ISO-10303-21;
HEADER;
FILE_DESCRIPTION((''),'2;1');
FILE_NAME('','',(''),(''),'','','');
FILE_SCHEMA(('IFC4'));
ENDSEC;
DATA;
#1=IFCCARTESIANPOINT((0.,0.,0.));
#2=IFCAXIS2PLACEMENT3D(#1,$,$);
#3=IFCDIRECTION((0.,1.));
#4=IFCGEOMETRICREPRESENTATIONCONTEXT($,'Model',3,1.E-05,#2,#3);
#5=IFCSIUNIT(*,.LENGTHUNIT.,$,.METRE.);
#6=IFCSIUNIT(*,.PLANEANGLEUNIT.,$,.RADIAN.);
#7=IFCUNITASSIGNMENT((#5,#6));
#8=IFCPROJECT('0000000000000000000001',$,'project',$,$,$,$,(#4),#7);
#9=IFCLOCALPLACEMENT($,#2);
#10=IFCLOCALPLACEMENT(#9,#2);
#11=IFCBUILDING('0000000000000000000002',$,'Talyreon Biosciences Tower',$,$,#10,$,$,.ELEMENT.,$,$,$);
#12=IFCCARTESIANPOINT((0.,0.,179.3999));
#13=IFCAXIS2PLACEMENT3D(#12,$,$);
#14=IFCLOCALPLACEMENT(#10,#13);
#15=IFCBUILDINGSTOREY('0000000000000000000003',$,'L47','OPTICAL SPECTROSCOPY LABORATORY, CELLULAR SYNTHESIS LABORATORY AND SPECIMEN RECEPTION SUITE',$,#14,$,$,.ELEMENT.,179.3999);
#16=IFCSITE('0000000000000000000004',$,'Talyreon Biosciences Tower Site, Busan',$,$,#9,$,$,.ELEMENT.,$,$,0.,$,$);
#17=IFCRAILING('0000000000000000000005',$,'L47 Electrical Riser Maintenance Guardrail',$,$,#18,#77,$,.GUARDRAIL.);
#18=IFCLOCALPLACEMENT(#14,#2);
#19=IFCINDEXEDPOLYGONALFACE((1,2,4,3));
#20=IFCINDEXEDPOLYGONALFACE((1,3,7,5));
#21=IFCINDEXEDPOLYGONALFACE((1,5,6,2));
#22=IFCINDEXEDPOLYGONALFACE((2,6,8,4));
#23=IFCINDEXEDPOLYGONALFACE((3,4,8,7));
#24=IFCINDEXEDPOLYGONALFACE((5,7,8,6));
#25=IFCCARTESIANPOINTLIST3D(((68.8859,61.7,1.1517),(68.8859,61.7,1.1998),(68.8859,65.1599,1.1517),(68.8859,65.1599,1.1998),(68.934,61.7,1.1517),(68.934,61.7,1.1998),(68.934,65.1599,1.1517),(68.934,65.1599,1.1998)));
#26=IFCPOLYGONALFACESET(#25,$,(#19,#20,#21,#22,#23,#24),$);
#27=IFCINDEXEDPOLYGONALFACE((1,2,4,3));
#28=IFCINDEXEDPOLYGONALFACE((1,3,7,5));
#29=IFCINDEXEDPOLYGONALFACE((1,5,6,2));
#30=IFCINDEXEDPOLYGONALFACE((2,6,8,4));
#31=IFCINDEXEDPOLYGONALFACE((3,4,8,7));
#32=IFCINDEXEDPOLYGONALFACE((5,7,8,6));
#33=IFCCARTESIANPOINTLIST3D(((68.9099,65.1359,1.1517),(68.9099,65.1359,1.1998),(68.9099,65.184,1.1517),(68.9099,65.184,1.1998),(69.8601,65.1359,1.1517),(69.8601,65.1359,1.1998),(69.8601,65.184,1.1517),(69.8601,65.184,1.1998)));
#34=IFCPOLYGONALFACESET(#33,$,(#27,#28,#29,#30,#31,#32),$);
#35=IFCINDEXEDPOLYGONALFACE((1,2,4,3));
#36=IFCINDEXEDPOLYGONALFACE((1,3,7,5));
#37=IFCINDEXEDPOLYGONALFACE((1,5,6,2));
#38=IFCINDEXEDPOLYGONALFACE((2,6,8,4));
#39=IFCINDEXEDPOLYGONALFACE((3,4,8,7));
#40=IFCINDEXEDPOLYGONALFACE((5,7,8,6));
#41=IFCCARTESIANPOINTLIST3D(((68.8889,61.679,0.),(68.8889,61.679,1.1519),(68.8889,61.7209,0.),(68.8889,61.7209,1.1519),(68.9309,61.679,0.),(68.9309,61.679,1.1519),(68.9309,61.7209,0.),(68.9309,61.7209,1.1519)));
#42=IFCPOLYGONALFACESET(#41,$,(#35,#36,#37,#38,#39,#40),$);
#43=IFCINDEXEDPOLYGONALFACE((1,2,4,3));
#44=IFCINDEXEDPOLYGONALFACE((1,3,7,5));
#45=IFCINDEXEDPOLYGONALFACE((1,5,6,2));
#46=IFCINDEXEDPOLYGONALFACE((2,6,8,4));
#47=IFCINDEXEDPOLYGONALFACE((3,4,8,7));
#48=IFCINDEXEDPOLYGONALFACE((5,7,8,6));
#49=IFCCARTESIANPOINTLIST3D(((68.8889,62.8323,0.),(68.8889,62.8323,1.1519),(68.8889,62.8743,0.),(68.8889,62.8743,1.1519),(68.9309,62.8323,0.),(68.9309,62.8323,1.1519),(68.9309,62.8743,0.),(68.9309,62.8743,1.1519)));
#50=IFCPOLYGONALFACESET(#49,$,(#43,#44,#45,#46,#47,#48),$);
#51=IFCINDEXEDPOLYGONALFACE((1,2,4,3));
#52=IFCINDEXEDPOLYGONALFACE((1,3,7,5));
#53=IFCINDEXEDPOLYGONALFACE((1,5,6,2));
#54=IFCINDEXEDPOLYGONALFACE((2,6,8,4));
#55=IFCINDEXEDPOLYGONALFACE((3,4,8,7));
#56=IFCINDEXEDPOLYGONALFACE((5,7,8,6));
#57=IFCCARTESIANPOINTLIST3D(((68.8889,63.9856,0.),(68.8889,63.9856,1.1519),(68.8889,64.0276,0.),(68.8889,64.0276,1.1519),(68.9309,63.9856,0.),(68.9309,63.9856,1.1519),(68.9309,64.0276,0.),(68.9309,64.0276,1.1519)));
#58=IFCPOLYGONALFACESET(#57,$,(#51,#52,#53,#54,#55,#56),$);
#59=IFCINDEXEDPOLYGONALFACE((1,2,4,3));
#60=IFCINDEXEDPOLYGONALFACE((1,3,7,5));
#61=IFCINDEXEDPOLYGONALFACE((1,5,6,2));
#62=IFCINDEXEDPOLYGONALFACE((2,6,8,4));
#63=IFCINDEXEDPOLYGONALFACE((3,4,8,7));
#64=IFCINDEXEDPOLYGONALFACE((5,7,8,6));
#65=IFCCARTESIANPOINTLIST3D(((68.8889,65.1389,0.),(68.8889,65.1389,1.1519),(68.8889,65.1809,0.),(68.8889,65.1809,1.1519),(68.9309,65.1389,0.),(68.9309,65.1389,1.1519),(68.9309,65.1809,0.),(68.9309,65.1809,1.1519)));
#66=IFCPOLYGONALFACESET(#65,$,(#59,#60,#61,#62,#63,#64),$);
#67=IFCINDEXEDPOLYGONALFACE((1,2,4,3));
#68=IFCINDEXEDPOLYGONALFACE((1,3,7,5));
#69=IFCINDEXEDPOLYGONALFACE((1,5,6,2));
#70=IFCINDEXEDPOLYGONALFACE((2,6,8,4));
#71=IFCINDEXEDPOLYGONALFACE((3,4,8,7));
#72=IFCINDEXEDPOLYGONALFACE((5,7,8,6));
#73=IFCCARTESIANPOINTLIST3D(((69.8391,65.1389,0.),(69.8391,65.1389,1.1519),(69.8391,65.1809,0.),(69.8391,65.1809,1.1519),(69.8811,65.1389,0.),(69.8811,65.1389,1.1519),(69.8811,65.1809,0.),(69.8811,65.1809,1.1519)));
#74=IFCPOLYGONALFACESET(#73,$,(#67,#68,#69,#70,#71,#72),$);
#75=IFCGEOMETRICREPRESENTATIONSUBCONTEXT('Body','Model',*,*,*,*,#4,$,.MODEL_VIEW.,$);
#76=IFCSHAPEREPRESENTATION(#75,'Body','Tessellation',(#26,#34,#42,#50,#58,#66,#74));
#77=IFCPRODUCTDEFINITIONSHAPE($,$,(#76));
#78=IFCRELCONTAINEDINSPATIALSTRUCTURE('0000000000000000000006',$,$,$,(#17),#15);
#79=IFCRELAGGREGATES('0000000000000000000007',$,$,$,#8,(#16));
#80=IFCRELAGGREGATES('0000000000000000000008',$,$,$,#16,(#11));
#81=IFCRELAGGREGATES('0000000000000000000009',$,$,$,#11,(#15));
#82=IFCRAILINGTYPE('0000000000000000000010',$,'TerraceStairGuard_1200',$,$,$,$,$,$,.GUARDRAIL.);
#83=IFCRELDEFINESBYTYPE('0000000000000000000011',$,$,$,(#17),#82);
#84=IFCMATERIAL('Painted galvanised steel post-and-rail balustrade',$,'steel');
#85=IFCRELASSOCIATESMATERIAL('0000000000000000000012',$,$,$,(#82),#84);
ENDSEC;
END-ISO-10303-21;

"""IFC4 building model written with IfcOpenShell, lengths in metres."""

from ifc_helpers import new_model, si_unit, direction, frame, origin, origin_2d, place, context, subcontext, project, spatial, rectangle, extrude, material, type_object, element, save


model = new_model("IFC4")

# Units and contexts
model_context = context("Model", 3, precision=1e-05, world=origin(), true_north=direction((0.0, 1.0)))
body_context = subcontext(model_context, "Body", "Model", "MODEL_VIEW")
ifc_project = project(units=[si_unit("LENGTHUNIT", "METRE"), si_unit("PLANEANGLEUNIT", "RADIAN")], contexts=[model_context])

# Site, building, storey
site_placement = place(None, origin())
site = spatial("IfcSite", under=ifc_project, at=site_placement, Name="Talyreon Biosciences Tower Site, Busan", CompositionType="ELEMENT", RefElevation=0.0)
building_placement = place(site_placement, origin())
building = spatial("IfcBuilding", under=site, at=building_placement, Name="Talyreon Biosciences Tower", CompositionType="ELEMENT")
storey_placement = place(building_placement, frame((0.0, 0.0, 179.3999)))
storey = spatial("IfcBuildingStorey", under=building, at=storey_placement, Name="L47", Description="OPTICAL SPECTROSCOPY LABORATORY, CELLULAR SYNTHESIS LABORATORY AND SPECIMEN RECEPTION SUITE", CompositionType="ELEMENT", Elevation=179.3999)

# Railing
ifc_material_1 = material(Name="Painted galvanised steel post-and-rail balustrade", Category="steel")
railing_type_1 = type_object("IfcRailingType", Name="TerraceStairGuard_1200", PredefinedType="GUARDRAIL", material=ifc_material_1)
railing_1_placement = place(storey_placement, frame((68.9099, 61.7, 0.0)))
element("IfcRailing", 1, at=railing_1_placement, inside=storey, type_object=railing_type_1, Name="L47 Electrical Riser Maintenance Guardrail", PredefinedType="GUARDRAIL", context=body_context, shape_type="SweptSolid", body=[
    extrude(rectangle(XDim=0.0481, YDim=0.0481, at=origin_2d()), frame((0.0, 0.0, 1.1758), z_axis=(0.0, 1.0, 0.0), x_axis=(-1.0, 0.0, 0.0)), (0.0, 0.0, 1.0), 3.46),
    extrude(rectangle(XDim=0.0481, YDim=0.0481, at=origin_2d()), frame((0.0, 3.46, 1.1758), z_axis=(1.0, 0.0, 0.0), x_axis=(0.0, 1.0, 0.0)), (0.0, 0.0, 1.0), 0.9502),
    extrude(rectangle(XDim=0.042, YDim=0.042, at=origin_2d()), origin(), (0.0, 0.0, 1.0), 1.1519),
    extrude(rectangle(XDim=0.042, YDim=0.042, at=origin_2d()), frame((0.0, 1.1533, 0.0)), (0.0, 0.0, 1.0), 1.1519),
    extrude(rectangle(XDim=0.042, YDim=0.042, at=origin_2d()), frame((0.0, 2.3066, 0.0)), (0.0, 0.0, 1.0), 1.1519),
    extrude(rectangle(XDim=0.042, YDim=0.042, at=origin_2d()), frame((0.0, 3.46, 0.0)), (0.0, 0.0, 1.0), 1.1519),
    extrude(rectangle(XDim=0.042, YDim=0.042, at=origin_2d()), frame((0.9502, 3.46, 0.0)), (0.0, 0.0, 1.0), 1.1519),
])

save(model, "model.ifc")
